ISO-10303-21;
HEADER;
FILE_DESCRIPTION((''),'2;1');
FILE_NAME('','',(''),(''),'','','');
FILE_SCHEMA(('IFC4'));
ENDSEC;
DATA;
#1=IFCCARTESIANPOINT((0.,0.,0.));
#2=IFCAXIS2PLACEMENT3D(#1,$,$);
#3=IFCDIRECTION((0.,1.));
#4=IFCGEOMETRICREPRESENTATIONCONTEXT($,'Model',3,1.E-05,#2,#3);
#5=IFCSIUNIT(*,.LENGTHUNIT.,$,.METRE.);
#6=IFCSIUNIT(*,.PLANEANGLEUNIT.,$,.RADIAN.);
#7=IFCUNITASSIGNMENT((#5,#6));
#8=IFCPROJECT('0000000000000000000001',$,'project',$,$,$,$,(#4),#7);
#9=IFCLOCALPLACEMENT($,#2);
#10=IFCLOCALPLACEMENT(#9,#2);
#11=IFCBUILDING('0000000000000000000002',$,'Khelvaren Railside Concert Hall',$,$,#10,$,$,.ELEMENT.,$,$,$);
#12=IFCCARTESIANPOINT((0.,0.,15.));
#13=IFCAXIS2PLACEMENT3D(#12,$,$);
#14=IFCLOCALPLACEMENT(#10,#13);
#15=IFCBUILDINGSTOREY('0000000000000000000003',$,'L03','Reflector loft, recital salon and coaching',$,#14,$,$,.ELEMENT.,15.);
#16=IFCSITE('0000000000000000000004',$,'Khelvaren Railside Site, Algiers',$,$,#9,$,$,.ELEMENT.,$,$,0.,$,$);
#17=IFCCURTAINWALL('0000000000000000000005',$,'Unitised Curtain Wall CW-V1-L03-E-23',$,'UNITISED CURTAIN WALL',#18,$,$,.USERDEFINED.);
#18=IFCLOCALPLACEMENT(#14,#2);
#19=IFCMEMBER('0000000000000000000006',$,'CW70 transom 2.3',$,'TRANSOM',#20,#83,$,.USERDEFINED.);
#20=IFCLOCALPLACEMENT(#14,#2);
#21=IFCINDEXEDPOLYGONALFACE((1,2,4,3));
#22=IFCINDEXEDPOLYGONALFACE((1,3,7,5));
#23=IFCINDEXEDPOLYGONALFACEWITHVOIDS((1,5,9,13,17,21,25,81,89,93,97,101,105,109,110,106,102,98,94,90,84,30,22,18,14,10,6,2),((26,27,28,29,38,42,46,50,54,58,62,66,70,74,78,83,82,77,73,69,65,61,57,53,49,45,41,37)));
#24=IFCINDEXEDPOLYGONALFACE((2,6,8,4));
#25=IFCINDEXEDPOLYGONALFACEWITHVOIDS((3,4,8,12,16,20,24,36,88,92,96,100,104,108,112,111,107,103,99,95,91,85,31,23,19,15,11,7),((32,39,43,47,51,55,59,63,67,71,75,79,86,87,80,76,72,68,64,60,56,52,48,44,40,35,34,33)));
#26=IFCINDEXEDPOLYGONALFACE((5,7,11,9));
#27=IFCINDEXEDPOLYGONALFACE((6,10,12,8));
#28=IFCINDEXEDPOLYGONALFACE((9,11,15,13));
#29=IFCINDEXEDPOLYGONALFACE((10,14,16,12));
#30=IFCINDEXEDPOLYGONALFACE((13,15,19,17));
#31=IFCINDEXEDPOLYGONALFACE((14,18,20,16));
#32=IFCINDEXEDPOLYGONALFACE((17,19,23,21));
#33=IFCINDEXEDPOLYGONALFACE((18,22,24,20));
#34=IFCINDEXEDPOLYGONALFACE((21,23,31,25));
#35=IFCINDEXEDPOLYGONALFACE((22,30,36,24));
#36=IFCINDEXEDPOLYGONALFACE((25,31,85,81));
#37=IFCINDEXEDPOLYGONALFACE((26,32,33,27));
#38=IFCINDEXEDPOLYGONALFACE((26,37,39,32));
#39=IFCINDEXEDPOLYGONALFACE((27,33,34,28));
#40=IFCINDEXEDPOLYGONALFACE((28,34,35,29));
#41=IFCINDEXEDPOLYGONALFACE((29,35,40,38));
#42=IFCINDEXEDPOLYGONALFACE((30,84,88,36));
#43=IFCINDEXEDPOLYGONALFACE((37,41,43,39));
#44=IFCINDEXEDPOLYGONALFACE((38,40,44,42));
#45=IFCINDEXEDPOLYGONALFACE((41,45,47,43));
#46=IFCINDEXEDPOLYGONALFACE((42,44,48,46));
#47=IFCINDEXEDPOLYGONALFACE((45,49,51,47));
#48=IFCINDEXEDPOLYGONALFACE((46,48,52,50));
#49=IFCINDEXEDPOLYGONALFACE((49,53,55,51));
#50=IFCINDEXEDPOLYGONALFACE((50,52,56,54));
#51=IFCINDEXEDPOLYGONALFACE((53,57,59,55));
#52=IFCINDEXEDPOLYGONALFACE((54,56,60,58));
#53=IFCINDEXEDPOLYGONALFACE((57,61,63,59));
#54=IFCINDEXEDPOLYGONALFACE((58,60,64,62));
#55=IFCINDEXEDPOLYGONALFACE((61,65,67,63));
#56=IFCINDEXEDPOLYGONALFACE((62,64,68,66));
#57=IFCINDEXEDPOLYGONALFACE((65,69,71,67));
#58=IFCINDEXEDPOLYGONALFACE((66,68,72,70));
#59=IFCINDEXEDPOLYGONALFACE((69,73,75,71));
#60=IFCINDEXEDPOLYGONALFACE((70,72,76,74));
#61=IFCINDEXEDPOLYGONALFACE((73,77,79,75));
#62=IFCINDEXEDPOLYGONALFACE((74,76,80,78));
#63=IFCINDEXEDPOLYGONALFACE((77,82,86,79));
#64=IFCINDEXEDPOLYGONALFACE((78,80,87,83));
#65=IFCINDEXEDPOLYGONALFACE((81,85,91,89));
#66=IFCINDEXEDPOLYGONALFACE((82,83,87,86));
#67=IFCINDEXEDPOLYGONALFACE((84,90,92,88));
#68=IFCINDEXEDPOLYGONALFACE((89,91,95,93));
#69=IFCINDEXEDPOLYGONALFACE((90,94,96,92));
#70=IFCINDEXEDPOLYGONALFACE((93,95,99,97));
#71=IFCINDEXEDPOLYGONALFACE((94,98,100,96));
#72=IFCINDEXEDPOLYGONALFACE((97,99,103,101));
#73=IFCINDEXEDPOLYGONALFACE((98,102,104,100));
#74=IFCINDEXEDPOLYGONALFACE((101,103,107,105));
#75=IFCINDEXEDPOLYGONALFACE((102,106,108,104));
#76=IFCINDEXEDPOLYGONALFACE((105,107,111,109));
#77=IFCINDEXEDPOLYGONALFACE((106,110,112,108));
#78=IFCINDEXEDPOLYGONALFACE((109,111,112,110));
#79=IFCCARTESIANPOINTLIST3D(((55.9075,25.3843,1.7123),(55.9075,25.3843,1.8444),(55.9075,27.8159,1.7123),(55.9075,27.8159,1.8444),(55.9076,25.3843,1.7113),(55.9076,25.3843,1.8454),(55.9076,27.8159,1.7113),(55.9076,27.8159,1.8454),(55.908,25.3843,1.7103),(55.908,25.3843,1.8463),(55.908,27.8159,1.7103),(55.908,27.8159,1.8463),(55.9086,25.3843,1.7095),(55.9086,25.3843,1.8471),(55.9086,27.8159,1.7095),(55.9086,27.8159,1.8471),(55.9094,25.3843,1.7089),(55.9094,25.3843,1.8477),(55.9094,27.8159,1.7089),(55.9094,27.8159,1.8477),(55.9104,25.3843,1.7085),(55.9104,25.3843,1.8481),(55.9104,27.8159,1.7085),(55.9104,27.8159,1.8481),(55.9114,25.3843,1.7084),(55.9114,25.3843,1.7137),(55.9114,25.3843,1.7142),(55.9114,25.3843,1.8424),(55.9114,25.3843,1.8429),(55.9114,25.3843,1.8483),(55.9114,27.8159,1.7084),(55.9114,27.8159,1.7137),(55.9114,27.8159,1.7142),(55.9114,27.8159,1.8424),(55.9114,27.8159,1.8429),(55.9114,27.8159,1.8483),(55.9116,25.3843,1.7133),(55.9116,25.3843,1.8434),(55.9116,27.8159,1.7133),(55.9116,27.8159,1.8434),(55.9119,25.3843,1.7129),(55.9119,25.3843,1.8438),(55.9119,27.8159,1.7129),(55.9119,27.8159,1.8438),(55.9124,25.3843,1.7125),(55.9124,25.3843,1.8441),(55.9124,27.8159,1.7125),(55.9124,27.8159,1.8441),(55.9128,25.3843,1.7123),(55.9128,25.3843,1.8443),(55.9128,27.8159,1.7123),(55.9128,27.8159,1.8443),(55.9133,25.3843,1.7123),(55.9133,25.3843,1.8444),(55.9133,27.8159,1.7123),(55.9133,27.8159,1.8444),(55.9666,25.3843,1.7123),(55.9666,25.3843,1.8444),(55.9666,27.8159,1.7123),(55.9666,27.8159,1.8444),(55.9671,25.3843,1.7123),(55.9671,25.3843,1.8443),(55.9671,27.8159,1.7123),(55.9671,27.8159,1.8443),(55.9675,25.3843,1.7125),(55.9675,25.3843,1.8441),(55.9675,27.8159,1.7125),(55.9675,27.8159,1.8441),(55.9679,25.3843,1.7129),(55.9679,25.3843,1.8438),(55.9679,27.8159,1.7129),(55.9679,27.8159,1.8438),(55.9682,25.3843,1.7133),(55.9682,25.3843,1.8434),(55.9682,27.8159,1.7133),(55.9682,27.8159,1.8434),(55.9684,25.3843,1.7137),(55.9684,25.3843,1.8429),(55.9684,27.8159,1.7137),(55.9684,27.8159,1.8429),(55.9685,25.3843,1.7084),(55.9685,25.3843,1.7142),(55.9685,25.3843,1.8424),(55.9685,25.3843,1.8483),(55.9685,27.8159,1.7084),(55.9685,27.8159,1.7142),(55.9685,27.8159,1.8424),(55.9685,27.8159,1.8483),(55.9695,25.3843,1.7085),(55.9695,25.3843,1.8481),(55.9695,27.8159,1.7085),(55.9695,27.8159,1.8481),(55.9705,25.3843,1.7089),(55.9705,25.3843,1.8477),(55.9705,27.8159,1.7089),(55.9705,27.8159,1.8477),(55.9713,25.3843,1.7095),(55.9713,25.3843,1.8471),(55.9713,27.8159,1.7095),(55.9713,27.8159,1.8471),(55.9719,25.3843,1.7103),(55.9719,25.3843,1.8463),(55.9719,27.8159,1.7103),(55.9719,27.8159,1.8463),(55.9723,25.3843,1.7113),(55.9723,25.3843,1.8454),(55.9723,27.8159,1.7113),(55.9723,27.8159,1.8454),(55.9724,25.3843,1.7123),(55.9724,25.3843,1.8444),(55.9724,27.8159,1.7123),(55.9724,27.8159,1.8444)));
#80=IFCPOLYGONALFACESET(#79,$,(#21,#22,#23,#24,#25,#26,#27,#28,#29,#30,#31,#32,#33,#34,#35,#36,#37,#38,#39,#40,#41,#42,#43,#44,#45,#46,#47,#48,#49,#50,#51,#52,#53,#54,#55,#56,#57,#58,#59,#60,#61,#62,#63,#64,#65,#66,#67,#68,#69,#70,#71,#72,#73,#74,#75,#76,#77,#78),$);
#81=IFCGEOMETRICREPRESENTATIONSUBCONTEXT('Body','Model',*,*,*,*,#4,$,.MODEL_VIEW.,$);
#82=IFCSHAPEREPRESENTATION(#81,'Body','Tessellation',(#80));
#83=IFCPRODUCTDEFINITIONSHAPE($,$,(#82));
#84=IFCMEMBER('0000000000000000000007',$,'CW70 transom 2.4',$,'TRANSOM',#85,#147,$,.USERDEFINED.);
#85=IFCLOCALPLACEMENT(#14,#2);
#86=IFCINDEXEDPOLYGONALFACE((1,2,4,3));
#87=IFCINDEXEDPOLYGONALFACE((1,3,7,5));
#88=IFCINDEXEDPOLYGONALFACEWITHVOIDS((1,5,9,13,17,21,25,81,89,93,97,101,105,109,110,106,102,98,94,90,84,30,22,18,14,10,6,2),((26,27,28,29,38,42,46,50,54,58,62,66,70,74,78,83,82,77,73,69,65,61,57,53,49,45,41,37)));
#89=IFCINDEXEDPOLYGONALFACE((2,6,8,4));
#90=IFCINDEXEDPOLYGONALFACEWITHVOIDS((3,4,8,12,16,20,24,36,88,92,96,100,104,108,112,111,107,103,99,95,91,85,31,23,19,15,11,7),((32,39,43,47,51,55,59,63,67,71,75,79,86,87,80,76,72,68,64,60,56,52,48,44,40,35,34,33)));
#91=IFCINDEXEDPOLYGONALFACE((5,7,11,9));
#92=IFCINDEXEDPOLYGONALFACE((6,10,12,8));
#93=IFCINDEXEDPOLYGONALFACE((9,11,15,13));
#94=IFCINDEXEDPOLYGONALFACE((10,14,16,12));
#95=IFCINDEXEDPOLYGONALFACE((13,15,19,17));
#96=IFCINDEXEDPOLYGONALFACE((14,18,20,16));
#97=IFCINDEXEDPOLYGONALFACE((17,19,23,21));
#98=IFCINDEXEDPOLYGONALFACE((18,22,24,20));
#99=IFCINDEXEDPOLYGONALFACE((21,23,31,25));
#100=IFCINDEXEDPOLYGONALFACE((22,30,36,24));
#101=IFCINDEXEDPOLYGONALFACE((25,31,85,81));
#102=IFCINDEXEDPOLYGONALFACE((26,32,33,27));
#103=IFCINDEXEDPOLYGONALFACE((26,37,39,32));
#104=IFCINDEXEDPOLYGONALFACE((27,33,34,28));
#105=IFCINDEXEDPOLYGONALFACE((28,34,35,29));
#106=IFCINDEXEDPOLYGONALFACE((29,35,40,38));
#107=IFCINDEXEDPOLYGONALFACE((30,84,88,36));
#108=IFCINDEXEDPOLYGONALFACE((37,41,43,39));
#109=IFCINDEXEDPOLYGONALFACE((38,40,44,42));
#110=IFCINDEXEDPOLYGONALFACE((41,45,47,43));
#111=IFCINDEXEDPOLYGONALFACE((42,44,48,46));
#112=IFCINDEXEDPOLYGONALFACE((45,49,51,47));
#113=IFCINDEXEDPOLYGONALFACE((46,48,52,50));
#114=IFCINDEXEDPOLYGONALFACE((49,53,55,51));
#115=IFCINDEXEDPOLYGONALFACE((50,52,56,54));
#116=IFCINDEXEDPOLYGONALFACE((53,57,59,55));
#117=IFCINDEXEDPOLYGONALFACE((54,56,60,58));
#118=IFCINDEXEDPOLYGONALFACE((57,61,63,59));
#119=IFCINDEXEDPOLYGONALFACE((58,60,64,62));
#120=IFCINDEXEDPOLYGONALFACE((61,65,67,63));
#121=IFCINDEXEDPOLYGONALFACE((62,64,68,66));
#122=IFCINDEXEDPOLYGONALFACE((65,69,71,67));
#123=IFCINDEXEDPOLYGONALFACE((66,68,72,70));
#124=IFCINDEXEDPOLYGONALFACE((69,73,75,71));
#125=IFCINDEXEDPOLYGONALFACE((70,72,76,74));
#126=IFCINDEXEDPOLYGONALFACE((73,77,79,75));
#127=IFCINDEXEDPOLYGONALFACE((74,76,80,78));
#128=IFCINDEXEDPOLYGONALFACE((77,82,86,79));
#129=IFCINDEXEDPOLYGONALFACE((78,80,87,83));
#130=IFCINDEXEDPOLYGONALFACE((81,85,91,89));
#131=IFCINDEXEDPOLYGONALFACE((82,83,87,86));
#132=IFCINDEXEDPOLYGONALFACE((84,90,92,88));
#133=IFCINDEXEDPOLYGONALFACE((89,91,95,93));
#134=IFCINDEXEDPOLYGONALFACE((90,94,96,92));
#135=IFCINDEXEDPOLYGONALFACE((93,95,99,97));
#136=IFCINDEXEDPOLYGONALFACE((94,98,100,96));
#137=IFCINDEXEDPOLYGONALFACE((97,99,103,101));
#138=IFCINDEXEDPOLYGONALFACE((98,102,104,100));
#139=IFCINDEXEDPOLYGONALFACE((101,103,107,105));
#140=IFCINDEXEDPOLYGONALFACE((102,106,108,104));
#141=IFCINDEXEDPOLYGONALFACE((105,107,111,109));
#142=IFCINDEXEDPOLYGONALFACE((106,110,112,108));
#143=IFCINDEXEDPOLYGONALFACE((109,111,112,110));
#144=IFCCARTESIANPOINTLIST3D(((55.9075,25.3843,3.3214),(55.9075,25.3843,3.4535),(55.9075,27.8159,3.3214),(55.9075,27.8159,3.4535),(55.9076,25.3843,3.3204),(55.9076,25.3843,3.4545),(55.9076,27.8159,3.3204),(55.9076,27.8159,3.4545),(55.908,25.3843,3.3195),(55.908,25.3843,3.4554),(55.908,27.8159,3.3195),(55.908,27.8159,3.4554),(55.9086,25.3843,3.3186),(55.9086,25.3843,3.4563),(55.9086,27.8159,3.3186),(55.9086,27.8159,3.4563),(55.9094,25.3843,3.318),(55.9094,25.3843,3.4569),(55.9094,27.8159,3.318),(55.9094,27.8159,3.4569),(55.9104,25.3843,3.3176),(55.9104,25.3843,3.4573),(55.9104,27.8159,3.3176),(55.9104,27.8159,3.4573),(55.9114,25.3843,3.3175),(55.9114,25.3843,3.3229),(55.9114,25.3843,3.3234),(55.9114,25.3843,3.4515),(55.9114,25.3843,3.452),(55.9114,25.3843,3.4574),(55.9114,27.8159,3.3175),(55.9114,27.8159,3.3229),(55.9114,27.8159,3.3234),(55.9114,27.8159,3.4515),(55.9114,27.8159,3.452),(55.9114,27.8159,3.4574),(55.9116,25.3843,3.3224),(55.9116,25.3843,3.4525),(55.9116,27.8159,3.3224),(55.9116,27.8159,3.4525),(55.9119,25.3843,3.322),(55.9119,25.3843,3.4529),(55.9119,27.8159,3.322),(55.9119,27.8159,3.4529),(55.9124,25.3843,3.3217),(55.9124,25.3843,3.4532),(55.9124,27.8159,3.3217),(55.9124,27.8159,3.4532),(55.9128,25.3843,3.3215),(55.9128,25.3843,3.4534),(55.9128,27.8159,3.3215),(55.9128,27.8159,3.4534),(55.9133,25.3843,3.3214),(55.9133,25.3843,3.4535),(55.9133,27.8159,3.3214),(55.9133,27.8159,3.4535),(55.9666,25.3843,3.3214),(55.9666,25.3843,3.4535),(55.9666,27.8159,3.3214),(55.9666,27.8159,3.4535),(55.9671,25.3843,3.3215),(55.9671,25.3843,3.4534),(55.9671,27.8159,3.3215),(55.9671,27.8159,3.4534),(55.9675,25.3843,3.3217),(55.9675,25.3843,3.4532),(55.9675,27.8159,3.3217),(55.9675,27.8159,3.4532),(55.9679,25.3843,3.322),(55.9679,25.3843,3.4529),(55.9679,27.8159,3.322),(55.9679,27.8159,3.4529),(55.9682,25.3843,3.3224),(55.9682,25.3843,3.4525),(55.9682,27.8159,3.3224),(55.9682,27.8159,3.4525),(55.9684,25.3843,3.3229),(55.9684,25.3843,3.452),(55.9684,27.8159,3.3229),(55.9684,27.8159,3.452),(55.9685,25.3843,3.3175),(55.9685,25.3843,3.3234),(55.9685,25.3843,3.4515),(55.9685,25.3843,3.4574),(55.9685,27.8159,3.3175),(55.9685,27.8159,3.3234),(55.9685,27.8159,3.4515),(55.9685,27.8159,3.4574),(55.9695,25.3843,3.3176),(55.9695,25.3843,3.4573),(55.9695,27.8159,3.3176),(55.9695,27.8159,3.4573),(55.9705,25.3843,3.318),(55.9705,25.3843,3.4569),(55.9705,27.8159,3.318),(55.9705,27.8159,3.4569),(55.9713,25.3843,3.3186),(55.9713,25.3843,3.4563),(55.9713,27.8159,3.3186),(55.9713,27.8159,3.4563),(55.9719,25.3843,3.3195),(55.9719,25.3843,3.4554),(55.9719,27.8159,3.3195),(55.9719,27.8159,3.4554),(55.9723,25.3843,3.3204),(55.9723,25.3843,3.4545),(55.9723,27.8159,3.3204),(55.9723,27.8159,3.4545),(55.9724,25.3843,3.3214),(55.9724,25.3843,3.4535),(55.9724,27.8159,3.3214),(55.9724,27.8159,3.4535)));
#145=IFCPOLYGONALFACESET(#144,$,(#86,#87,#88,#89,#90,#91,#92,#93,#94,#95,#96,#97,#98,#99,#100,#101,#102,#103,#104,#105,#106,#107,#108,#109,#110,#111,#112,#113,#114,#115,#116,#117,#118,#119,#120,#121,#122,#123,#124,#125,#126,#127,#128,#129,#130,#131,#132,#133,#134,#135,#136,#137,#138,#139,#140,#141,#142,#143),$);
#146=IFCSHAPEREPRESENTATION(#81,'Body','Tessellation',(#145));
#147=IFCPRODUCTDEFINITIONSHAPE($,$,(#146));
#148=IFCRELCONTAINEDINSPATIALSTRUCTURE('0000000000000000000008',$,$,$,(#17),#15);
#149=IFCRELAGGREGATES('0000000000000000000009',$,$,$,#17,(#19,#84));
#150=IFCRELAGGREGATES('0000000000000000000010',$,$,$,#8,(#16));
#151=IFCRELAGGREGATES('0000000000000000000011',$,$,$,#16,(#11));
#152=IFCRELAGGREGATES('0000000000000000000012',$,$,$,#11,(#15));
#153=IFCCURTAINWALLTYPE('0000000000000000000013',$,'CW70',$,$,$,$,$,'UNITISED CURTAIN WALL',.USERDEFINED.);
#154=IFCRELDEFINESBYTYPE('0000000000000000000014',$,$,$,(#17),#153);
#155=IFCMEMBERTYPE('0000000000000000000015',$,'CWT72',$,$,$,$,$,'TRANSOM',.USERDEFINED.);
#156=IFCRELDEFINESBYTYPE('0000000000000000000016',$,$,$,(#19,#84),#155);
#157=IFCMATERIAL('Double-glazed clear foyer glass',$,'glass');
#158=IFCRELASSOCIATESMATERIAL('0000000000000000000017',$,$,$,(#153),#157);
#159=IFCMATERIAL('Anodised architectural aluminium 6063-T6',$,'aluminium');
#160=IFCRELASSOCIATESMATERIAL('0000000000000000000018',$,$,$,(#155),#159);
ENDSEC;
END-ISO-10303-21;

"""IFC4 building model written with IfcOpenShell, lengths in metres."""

from ifc_helpers import new_model, si_unit, direction, frame, origin, origin_2d, place, context, subcontext, project, spatial, hollow_rectangle, extrude, material, material_profile, profile_set, type_object, element, aggregate, save


model = new_model("IFC4")

# Units and contexts
model_context = context("Model", 3, precision=1e-05, world=origin(), true_north=direction((0.0, 1.0)))
body_context = subcontext(model_context, "Body", "Model", "MODEL_VIEW")
ifc_project = project(units=[si_unit("LENGTHUNIT", "METRE"), si_unit("PLANEANGLEUNIT", "RADIAN")], contexts=[model_context])

# Site, building, storey
site_placement = place(None, origin())
site = spatial("IfcSite", under=ifc_project, at=site_placement, Name="Khelvaren Railside Site, Algiers", CompositionType="ELEMENT", RefElevation=0.0)
building_placement = place(site_placement, origin())
building = spatial("IfcBuilding", under=site, at=building_placement, Name="Khelvaren Railside Concert Hall", CompositionType="ELEMENT")
storey_placement = place(building_placement, frame((0.0, 0.0, 15.0)))
storey = spatial("IfcBuildingStorey", under=building, at=storey_placement, Name="L03", Description="Reflector loft, recital salon and coaching", CompositionType="ELEMENT", Elevation=15.0)

# Curtain wall
ifc_material_1 = material(Name="Double-glazed clear foyer glass", Category="glass")
curtain_wall_type_1 = type_object("IfcCurtainWallType", Name="CW70", ElementType="UNITISED CURTAIN WALL", PredefinedType="USERDEFINED", material=ifc_material_1)
curtain_wall_1_placement = place(storey_placement, origin())
curtain_wall_1 = element("IfcCurtainWall", 1, at=curtain_wall_1_placement, inside=storey, type_object=curtain_wall_type_1, Name="Unitised Curtain Wall CW-V1-L03-E-23", ObjectType="UNITISED CURTAIN WALL", PredefinedType="USERDEFINED")
ifc_material_2 = material(Name="Anodised architectural aluminium 6063-T6", Category="aluminium")

# Members
ifc_material_profile_1 = material_profile(ifc_material_2, hollow_rectangle(XDim=0.0649, YDim=0.1399, WallThickness=0.0039, InnerFilletRadius=0.002, OuterFilletRadius=0.0039, at=origin_2d()), Name="CWT 65x140x4")
ifc_profile_set_1 = profile_set([ifc_material_profile_1], Name="Anodised architectural aluminium 6063-T6")
member_type_1 = type_object("IfcMemberType", Name="CWT72", ElementType="TRANSOM", PredefinedType="USERDEFINED", material=ifc_profile_set_1)
member_1_placement = place(storey_placement, frame((55.9399, 27.8159, 1.7783), z_axis=(0.0, -1.0, 0.0), x_axis=(1.0, 0.0, 0.0)))
member_1 = element("IfcMember", 2, at=member_1_placement, type_object=member_type_1, Name="CW70 transom 2.3", ObjectType="TRANSOM", PredefinedType="USERDEFINED", context=body_context, shape_type="SweptSolid", body=[
    extrude(hollow_rectangle(XDim=0.0649, YDim=0.1399, WallThickness=0.0039, InnerFilletRadius=0.002, OuterFilletRadius=0.0039, at=origin_2d()), origin(), (0.0, 0.0, 1.0), 2.4316),
])
member_2_placement = place(storey_placement, frame((55.9399, 27.8159, 3.3875), z_axis=(0.0, -1.0, 0.0), x_axis=(1.0, 0.0, 0.0)))
member_2 = element("IfcMember", 3, at=member_2_placement, type_object=member_type_1, Name="CW70 transom 2.4", ObjectType="TRANSOM", PredefinedType="USERDEFINED", context=body_context, shape_type="SweptSolid", body=[
    extrude(hollow_rectangle(XDim=0.0649, YDim=0.1399, WallThickness=0.0039, InnerFilletRadius=0.002, OuterFilletRadius=0.0039, at=origin_2d()), origin(), (0.0, 0.0, 1.0), 2.4316),
])

aggregate(curtain_wall_1, [member_1, member_2])

save(model, "model.ifc")
